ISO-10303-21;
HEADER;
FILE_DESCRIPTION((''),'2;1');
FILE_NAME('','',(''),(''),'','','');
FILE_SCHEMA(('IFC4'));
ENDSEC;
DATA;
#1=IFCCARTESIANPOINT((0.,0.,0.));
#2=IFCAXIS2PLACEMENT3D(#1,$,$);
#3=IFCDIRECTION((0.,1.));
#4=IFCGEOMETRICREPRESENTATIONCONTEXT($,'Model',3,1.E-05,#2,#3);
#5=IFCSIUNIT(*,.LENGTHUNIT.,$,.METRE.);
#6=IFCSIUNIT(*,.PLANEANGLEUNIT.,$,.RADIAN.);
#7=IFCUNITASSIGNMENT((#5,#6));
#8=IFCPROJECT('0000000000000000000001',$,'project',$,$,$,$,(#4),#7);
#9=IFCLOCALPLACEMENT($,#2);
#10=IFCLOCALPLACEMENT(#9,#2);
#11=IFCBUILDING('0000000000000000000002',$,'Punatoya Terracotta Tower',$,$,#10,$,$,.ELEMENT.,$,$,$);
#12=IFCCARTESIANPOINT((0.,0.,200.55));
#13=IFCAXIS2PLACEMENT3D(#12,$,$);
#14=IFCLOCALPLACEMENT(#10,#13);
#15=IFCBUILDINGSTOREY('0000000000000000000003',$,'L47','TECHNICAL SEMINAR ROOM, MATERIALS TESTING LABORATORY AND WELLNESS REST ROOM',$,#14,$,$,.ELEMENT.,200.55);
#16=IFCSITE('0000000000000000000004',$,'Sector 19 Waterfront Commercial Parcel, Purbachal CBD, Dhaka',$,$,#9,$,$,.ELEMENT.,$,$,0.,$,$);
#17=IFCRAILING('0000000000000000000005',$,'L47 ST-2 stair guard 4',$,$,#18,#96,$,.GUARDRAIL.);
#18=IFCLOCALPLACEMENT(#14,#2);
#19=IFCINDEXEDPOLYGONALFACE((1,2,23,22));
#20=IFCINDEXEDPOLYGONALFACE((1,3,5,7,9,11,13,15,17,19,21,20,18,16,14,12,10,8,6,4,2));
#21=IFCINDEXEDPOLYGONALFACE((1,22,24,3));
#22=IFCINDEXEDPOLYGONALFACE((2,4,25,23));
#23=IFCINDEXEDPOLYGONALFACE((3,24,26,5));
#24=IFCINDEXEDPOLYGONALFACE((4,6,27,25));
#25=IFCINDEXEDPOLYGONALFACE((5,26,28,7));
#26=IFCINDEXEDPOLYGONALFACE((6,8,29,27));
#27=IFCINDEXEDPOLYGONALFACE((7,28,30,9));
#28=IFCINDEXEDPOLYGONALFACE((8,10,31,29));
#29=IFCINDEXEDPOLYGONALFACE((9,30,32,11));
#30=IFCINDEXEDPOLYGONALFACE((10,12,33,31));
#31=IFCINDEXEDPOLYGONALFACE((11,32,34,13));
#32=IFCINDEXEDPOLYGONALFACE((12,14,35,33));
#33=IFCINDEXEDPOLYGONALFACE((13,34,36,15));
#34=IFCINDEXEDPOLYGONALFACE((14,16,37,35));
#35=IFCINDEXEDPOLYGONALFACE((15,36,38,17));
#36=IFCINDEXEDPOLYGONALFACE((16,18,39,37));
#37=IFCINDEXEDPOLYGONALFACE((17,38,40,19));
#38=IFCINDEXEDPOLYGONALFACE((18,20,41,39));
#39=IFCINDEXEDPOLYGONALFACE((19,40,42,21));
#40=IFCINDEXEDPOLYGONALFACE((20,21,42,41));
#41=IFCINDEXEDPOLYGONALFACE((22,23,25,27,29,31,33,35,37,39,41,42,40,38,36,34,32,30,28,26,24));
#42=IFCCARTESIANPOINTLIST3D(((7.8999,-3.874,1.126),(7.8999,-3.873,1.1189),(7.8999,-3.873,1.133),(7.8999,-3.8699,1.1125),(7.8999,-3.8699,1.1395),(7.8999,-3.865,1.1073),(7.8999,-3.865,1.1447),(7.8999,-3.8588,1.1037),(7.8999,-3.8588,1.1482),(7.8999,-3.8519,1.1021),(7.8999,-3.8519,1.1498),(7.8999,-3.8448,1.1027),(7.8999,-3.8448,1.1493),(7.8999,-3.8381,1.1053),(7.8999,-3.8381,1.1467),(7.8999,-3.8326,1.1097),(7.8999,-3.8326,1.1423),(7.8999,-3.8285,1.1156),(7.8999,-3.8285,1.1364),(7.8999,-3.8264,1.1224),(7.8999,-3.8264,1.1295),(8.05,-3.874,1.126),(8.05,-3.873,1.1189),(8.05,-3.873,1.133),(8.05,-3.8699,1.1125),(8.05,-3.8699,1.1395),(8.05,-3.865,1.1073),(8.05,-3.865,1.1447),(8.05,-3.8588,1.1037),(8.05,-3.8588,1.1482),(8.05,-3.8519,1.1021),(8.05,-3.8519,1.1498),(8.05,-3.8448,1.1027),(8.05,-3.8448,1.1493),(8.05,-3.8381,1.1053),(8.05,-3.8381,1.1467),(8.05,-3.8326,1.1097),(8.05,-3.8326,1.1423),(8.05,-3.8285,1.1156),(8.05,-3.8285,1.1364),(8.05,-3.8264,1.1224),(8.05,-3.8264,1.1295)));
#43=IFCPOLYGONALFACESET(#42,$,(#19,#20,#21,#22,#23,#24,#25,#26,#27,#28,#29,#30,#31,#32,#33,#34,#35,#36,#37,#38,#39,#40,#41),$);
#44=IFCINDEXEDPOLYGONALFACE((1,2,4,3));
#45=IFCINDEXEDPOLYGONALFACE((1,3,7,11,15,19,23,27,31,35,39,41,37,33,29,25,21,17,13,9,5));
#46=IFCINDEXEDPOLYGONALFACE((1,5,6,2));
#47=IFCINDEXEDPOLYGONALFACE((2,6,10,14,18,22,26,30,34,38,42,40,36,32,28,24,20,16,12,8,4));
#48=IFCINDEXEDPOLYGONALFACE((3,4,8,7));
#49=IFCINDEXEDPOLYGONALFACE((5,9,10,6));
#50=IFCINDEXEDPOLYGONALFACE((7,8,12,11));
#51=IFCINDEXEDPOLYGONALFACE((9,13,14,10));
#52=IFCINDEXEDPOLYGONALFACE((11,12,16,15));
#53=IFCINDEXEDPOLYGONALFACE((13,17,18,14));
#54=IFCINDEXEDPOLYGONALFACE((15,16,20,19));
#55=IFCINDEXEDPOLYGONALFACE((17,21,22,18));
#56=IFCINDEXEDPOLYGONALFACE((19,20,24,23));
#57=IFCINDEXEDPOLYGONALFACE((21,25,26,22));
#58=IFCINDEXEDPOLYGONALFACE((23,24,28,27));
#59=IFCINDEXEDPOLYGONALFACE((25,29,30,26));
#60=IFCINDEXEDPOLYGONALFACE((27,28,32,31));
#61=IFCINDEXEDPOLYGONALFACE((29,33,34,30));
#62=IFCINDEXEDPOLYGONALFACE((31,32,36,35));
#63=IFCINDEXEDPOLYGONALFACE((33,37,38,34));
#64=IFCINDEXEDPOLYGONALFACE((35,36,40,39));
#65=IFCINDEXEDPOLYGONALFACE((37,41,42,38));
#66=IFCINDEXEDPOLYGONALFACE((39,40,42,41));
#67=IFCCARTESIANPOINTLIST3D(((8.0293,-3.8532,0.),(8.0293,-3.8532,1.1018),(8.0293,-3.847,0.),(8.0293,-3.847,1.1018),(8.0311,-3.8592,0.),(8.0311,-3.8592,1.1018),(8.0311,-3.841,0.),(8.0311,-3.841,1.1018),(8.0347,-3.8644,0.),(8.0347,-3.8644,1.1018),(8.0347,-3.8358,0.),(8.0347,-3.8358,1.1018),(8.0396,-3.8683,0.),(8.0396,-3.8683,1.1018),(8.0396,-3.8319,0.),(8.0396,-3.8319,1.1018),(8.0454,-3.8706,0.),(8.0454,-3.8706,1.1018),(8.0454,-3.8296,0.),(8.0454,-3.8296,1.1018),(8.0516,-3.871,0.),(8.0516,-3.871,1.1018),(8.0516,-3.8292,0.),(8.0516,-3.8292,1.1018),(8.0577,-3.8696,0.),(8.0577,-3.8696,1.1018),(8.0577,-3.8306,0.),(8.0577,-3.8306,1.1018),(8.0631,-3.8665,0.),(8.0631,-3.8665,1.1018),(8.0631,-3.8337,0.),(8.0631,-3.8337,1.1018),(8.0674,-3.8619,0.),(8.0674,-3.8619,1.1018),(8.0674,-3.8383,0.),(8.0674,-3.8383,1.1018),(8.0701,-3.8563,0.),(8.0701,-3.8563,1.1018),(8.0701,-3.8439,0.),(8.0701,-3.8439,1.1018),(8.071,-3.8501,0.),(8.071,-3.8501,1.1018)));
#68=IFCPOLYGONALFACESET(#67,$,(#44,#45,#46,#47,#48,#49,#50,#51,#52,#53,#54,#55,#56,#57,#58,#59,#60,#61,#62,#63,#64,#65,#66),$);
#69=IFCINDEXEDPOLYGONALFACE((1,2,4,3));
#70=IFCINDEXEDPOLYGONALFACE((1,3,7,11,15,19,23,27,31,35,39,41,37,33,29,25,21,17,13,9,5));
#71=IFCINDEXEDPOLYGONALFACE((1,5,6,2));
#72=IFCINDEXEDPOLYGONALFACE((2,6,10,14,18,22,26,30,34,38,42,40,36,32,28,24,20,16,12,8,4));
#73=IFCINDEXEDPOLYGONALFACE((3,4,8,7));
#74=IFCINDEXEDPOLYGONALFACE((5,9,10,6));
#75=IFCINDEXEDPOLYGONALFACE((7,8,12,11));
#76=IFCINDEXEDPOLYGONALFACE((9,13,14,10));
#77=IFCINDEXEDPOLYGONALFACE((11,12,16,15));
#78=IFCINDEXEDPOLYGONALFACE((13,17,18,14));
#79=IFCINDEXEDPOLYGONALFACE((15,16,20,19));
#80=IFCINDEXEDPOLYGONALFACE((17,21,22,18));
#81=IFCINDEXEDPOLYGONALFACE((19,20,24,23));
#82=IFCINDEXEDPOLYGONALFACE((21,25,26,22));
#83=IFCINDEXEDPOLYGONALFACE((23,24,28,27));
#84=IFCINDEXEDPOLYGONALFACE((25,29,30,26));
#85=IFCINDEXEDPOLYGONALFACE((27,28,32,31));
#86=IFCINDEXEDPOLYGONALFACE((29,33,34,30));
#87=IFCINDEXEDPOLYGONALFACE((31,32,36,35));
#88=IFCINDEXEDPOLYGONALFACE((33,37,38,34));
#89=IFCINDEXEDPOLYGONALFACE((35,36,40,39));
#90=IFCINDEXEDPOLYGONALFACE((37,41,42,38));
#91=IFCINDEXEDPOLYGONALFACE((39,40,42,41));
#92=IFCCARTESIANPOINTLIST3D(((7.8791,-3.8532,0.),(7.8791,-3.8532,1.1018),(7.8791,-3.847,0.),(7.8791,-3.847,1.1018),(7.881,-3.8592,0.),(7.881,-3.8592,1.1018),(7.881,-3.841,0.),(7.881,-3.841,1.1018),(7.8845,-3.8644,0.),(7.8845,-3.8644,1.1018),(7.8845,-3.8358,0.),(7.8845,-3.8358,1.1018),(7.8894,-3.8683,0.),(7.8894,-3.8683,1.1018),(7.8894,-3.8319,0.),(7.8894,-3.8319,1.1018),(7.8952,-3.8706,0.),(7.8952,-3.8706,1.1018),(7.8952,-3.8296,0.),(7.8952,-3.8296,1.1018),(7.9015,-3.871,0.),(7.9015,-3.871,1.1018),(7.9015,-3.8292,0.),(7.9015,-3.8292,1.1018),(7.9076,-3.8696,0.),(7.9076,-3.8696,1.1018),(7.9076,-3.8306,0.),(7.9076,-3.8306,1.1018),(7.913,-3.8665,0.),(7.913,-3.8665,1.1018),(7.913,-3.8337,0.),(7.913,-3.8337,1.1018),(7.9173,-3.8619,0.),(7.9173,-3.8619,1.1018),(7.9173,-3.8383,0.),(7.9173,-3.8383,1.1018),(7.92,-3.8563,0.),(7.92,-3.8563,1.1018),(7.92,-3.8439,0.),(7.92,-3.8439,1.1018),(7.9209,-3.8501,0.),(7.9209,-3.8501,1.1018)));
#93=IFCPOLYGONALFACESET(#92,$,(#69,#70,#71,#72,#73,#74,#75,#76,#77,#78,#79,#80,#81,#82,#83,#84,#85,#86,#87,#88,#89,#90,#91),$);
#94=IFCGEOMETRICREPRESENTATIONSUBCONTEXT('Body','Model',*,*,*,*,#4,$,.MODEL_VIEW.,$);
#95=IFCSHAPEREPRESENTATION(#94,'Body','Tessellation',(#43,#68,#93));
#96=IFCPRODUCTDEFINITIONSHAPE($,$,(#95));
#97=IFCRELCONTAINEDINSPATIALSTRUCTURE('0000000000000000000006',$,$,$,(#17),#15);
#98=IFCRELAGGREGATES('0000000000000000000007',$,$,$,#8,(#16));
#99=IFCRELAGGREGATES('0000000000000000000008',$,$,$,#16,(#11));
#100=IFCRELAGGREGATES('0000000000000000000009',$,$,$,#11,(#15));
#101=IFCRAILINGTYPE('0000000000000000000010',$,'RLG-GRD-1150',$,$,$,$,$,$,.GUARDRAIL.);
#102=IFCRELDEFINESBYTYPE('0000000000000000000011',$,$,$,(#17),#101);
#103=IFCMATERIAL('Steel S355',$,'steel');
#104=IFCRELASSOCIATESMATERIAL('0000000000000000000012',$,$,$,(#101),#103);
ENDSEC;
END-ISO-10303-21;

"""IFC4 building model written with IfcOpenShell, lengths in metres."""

from ifc_helpers import new_model, si_unit, direction, frame, origin, origin_2d, place, context, subcontext, project, spatial, circle, extrude, material, type_object, element, save


model = new_model("IFC4")

# Units and contexts
model_context = context("Model", 3, precision=1e-05, world=origin(), true_north=direction((0.0, 1.0)))
body_context = subcontext(model_context, "Body", "Model", "MODEL_VIEW")
ifc_project = project(units=[si_unit("LENGTHUNIT", "METRE"), si_unit("PLANEANGLEUNIT", "RADIAN")], contexts=[model_context])

# Site, building, storey
site_placement = place(None, origin())
site = spatial("IfcSite", under=ifc_project, at=site_placement, Name="Sector 19 Waterfront Commercial Parcel, Purbachal CBD, Dhaka", CompositionType="ELEMENT", RefElevation=0.0)
building_placement = place(site_placement, origin())
building = spatial("IfcBuilding", under=site, at=building_placement, Name="Punatoya Terracotta Tower", CompositionType="ELEMENT")
storey_placement = place(building_placement, frame((0.0, 0.0, 200.55)))
storey = spatial("IfcBuildingStorey", under=building, at=storey_placement, Name="L47", Description="TECHNICAL SEMINAR ROOM, MATERIALS TESTING LABORATORY AND WELLNESS REST ROOM", CompositionType="ELEMENT", Elevation=200.55)

# Shared definitions
ifc_material_1 = material(Name="Steel S355", Category="steel")

# Railing
railing_type_1 = type_object("IfcRailingType", Name="RLG-GRD-1150", PredefinedType="GUARDRAIL", material=ifc_material_1)
railing_1_placement = place(storey_placement, frame((8.05, -3.8501, 0.0)))
element("IfcRailing", 1, at=railing_1_placement, inside=storey, type_object=railing_type_1, Name="L47 ST-2 stair guard 4", PredefinedType="GUARDRAIL", context=body_context, shape_type="SweptSolid", body=[
    extrude(circle(Radius=0.0239, at=origin_2d()), frame((0.0, 0.0, 1.126), z_axis=(-1.0, 0.0, 0.0), x_axis=(0.0, -1.0, 0.0)), (0.0, 0.0, 1.0), 0.1501),
    extrude(circle(Radius=0.021, at=origin_2d()), origin(), (0.0, 0.0, 1.0), 1.1018),
    extrude(circle(Radius=0.021, at=origin_2d()), frame((-0.1501, 0.0, 0.0)), (0.0, 0.0, 1.0), 1.1018),
])

save(model, "model.ifc")
